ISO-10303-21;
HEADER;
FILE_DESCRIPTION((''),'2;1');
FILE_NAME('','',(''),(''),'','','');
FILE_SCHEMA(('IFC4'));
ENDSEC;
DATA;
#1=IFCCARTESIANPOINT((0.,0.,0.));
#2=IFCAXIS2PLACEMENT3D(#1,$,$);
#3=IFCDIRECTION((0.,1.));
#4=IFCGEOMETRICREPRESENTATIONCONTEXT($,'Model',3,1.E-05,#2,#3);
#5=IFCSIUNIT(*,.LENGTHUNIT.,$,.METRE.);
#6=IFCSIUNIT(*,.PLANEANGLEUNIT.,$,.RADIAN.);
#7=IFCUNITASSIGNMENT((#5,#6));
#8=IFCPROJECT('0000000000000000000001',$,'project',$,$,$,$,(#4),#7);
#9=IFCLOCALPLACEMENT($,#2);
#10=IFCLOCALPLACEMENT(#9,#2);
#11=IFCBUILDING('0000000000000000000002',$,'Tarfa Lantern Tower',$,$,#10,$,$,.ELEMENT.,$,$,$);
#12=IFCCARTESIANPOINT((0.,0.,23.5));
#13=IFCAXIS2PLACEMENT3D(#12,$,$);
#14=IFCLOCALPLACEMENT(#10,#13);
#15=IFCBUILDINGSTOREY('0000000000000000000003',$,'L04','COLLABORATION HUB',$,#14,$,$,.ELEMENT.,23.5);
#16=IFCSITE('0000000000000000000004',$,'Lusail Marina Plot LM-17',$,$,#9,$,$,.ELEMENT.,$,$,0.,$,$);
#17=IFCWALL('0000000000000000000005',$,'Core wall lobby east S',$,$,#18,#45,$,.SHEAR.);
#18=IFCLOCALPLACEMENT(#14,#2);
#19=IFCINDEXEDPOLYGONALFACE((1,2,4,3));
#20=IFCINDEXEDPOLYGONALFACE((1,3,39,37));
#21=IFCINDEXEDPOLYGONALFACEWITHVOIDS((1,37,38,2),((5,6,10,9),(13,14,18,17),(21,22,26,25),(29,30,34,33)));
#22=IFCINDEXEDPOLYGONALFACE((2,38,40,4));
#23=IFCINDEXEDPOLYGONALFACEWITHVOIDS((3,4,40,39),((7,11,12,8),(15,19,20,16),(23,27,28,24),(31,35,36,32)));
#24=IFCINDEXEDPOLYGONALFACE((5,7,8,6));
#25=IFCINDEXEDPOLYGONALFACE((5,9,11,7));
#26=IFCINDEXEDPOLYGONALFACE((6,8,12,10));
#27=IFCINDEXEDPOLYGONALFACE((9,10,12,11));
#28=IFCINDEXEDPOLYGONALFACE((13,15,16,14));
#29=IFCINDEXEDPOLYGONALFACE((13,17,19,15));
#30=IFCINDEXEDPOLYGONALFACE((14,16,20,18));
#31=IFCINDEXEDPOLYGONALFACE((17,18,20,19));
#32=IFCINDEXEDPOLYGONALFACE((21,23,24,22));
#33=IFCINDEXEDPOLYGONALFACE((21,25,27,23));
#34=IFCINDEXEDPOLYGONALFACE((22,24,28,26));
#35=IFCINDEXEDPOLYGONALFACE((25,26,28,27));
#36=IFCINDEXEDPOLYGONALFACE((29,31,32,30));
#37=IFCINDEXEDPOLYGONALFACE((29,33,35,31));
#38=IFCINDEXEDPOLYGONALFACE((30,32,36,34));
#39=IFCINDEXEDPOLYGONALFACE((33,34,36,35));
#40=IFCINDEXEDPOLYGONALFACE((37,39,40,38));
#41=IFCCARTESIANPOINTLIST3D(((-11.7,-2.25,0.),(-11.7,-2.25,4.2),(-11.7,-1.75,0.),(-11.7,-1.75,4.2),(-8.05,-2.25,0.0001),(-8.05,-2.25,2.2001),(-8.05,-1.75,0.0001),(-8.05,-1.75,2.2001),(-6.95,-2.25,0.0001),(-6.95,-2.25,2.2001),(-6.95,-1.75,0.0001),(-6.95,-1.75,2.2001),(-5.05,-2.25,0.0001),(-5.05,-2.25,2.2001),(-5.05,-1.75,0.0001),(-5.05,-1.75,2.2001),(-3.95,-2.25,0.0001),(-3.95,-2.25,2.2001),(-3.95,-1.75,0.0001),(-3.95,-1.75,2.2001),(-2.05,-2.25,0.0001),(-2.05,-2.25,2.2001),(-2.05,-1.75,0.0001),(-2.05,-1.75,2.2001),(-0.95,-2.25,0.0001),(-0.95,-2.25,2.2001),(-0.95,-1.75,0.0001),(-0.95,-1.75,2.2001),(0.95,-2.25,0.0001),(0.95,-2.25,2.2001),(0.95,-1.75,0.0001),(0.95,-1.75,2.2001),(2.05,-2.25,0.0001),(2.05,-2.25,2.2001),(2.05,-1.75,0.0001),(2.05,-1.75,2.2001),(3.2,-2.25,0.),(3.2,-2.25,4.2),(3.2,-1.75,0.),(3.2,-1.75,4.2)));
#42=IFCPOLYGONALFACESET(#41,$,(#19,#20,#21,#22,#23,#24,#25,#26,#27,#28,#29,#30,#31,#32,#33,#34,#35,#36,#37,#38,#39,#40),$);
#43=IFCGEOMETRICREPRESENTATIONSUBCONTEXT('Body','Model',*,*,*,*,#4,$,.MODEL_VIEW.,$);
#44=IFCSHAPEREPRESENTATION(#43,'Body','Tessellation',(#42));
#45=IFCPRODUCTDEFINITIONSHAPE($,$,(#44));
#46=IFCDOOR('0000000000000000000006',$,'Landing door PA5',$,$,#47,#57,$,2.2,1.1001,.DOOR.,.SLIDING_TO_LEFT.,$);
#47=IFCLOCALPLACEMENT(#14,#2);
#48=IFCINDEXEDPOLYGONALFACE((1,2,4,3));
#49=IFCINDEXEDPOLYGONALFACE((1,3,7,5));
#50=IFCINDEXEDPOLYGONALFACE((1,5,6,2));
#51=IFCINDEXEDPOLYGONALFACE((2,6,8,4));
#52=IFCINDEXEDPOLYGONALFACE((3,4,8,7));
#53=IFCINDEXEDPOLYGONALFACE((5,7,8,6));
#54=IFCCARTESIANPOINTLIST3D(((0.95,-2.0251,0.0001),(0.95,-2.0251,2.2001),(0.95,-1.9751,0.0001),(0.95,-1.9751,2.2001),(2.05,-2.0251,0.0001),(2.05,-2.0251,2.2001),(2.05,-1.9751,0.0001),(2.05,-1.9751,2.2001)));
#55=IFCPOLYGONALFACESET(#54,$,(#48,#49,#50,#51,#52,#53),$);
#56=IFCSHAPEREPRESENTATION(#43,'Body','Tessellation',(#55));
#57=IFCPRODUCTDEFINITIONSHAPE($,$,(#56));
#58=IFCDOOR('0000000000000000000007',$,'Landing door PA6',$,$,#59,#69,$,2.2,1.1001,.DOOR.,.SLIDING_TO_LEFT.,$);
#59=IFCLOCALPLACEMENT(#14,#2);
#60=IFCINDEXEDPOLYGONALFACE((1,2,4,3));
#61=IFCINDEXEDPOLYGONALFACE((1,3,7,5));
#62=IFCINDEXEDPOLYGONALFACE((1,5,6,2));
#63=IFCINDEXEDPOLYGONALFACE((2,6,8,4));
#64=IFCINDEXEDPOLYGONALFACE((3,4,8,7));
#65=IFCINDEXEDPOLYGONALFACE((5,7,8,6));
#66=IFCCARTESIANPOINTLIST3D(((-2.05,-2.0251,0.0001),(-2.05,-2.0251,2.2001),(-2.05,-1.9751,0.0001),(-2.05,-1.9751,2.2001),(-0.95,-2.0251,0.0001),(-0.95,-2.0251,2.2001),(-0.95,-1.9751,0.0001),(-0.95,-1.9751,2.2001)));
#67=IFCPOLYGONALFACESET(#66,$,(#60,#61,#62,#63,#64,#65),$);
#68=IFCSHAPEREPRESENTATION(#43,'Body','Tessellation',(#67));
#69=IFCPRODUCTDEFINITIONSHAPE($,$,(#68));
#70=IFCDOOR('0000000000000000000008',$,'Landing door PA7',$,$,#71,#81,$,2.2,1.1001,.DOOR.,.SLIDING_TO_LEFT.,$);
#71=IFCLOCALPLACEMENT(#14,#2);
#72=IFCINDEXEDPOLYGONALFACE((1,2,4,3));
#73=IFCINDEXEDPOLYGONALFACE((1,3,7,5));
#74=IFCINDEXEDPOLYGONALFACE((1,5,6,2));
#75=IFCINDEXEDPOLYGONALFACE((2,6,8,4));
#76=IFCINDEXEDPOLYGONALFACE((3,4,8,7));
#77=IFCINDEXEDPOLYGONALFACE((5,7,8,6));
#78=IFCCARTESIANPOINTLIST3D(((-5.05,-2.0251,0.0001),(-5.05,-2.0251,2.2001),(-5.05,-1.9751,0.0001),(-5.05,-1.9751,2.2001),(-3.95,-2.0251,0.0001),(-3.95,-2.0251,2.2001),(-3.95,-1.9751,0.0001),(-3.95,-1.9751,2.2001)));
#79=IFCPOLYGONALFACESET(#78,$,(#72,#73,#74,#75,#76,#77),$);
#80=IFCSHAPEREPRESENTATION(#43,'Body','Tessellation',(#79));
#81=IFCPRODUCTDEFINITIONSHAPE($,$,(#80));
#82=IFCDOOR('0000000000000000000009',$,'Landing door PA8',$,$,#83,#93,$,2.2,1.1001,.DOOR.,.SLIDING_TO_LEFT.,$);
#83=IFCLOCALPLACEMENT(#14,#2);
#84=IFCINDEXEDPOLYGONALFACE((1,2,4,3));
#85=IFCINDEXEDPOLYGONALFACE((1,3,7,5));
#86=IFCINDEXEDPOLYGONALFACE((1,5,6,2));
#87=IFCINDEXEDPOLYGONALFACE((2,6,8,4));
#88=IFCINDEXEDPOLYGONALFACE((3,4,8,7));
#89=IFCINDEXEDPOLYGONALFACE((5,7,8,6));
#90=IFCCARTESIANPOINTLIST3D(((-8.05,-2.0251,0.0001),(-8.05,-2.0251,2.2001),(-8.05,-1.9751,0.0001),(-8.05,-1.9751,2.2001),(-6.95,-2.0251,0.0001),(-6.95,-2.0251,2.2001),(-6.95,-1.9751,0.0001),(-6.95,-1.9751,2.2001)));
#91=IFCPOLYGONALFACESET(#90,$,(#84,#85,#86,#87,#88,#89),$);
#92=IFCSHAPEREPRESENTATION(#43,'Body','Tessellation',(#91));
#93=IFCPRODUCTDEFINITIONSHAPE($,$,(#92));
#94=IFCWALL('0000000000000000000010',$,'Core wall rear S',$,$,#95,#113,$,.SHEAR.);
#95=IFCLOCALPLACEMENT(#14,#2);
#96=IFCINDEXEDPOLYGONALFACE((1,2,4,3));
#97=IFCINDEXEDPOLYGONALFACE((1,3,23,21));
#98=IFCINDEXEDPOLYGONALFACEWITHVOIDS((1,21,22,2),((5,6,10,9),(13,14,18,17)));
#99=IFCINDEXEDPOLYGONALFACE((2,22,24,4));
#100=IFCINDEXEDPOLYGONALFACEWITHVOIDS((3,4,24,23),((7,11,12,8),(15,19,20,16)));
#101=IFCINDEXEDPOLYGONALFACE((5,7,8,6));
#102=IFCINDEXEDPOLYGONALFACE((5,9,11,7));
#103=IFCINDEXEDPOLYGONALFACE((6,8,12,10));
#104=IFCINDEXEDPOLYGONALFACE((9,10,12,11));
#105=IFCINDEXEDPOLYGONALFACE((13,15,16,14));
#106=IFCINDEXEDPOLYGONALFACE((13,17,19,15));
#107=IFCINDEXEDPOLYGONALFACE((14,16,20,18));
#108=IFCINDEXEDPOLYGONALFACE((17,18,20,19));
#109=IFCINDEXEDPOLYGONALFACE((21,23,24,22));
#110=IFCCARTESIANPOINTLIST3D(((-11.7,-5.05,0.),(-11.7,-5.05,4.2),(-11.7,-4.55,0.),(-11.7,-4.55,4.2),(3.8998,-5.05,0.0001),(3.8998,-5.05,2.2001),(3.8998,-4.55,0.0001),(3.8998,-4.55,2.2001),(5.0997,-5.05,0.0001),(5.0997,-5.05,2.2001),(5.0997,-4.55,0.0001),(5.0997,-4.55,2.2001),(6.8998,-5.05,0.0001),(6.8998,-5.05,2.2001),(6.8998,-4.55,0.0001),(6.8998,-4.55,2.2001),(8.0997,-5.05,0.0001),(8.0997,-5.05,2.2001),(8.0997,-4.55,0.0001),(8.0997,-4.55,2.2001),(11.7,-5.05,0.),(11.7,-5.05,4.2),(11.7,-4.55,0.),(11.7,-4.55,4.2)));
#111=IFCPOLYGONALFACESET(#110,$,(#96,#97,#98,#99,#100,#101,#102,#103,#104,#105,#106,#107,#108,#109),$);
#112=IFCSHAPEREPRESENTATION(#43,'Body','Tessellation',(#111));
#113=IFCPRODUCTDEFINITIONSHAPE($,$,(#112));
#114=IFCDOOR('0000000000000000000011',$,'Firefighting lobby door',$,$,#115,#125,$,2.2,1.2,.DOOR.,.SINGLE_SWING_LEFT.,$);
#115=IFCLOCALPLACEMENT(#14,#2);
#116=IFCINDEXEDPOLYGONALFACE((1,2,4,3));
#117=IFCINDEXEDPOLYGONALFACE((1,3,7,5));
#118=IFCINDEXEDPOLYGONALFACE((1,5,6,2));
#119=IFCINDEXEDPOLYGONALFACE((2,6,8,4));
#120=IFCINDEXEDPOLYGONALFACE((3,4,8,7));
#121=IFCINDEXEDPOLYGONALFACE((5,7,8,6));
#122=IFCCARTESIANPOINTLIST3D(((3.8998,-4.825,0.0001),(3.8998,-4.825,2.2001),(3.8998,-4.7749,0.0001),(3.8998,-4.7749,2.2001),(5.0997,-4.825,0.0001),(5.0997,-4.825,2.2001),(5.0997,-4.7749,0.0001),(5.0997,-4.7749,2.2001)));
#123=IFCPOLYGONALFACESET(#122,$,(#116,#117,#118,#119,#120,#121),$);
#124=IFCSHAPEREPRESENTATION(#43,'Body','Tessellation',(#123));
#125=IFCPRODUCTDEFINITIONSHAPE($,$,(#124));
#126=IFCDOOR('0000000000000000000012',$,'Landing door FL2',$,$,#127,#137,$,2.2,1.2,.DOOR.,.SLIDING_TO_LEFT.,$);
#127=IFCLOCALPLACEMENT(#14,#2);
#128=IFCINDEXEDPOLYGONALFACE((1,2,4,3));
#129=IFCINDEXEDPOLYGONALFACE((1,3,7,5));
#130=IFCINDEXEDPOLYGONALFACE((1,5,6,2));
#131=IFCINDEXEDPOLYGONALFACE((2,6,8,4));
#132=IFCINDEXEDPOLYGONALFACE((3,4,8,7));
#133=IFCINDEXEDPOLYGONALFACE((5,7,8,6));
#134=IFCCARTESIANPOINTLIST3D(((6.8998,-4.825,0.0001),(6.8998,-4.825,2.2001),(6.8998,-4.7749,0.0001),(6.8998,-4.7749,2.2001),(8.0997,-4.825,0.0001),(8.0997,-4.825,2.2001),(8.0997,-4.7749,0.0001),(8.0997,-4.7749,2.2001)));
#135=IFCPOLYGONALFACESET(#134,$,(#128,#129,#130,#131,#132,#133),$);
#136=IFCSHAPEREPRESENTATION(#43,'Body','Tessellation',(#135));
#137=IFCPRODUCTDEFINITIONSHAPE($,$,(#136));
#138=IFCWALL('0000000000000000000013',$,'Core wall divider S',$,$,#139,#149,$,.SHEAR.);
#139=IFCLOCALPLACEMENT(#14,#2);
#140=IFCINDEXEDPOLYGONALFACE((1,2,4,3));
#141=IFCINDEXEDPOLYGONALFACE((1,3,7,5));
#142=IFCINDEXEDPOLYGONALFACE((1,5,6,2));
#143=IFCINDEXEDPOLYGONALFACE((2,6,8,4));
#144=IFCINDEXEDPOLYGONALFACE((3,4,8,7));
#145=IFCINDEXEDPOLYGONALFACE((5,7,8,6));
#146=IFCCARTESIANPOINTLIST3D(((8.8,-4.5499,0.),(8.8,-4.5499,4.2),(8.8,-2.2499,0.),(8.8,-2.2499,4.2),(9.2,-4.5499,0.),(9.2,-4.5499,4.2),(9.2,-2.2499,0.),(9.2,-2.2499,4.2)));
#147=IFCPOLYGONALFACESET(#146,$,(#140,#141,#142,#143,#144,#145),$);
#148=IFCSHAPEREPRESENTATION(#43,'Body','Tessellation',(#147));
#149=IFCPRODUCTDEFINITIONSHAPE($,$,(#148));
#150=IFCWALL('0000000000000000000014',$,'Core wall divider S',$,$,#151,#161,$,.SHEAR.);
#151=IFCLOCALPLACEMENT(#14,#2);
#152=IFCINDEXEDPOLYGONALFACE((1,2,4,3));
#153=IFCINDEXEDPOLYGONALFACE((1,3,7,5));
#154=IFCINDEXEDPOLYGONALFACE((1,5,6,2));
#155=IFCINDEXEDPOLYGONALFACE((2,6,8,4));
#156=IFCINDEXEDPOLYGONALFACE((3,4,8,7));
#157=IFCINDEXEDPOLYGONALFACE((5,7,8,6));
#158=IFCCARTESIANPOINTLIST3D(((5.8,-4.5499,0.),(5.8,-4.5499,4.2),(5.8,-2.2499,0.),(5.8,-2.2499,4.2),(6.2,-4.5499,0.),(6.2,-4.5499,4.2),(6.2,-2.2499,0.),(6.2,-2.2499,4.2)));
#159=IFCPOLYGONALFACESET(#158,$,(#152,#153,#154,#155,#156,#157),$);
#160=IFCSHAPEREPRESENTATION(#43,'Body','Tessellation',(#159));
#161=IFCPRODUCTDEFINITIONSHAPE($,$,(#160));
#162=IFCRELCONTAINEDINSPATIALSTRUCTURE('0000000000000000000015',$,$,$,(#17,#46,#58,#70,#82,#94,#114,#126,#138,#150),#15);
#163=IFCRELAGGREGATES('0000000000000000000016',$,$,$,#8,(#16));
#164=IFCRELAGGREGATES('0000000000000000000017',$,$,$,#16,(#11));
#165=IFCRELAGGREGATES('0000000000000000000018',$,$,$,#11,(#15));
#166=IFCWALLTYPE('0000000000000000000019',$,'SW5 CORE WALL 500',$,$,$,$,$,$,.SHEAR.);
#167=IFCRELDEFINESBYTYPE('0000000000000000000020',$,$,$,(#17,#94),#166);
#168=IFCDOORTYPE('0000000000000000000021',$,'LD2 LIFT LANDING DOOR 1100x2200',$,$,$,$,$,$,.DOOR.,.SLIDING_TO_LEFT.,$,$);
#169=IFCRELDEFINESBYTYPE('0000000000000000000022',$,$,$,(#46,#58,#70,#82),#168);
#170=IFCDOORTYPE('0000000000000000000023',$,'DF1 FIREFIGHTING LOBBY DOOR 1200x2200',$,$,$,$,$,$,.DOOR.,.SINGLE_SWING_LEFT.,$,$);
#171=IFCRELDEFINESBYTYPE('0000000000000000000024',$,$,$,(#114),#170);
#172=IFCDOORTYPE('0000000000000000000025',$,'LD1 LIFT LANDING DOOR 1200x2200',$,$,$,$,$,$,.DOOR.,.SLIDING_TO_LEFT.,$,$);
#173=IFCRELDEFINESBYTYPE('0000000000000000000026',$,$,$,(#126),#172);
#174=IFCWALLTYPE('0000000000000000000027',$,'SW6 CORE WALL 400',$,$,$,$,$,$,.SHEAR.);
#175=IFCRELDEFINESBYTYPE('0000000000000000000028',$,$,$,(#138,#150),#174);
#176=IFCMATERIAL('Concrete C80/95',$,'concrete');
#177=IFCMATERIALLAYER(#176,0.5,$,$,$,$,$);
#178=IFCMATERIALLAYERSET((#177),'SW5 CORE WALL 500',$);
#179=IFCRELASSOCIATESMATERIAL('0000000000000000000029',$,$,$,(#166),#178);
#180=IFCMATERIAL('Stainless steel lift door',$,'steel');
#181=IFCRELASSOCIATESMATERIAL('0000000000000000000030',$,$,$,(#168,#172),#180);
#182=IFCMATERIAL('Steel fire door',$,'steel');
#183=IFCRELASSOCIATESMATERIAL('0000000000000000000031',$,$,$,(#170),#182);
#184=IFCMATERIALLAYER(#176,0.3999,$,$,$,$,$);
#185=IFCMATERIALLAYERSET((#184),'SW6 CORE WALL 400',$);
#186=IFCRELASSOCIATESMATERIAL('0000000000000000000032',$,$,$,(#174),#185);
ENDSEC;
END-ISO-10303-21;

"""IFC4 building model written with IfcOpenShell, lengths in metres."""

from ifc_helpers import new_model, si_unit, direction, frame, frame_2d, origin, place, context, subcontext, project, spatial, rectangle, extrude, material, layer, layer_set, type_object, element, fill, save


model = new_model("IFC4")

# Units and contexts
model_context = context("Model", 3, precision=1e-05, world=origin(), true_north=direction((0.0, 1.0)))
body_context = subcontext(model_context, "Body", "Model", "MODEL_VIEW")
ifc_project = project(units=[si_unit("LENGTHUNIT", "METRE"), si_unit("PLANEANGLEUNIT", "RADIAN")], contexts=[model_context])

# Site, building, storey
site_placement = place(None, origin())
site = spatial("IfcSite", under=ifc_project, at=site_placement, Name="Lusail Marina Plot LM-17", CompositionType="ELEMENT", RefElevation=0.0)
building_placement = place(site_placement, origin())
building = spatial("IfcBuilding", under=site, at=building_placement, Name="Tarfa Lantern Tower", CompositionType="ELEMENT")
storey_placement = place(building_placement, frame((0.0, 0.0, 23.5)))
storey = spatial("IfcBuildingStorey", under=building, at=storey_placement, Name="L04", Description="COLLABORATION HUB", CompositionType="ELEMENT", Elevation=23.5)

# Shared definitions
ifc_material_1 = material(Name="Concrete C80/95", Category="concrete")

# Shared definitions
ifc_material_2 = material(Name="Steel fire door", Category="steel")

# Walls, openings, doors
ifc_layer_1 = layer(ifc_material_1, 0.5)
ifc_layer_set_1 = layer_set([ifc_layer_1], Name="SW5 CORE WALL 500")
wall_type_1 = type_object("IfcWallType", Name="SW5 CORE WALL 500", PredefinedType="SHEAR", material=ifc_layer_set_1)
wall_1_placement = place(storey_placement, frame((3.2, -2.0, 0.0), z_axis=(0.0, 0.0, 1.0), x_axis=(-1.0, 0.0, 0.0)))
wall_1 = element("IfcWall", 1, at=wall_1_placement, inside=storey, type_object=wall_type_1, Name="Core wall lobby east S", PredefinedType="SHEAR", context=body_context, shape_type="SweptSolid", body=[
    extrude(rectangle(XDim=14.8999, YDim=0.5, at=frame_2d((7.45, 0.0))), origin(), (0.0, 0.0, 1.0), 4.2),
])
opening_1_placement = place(wall_1_placement, frame((1.1499, 0.0, 0.0)))
opening_1 = element("IfcOpeningElement", 2, at=opening_1_placement, cuts=wall_1, PredefinedType="OPENING", context=body_context, shape_type="SweptSolid", body=[
    extrude(rectangle(XDim=1.1001, YDim=2.2, at=frame_2d((0.55, 1.1001))), frame((0.0, 0.26, 0.0), z_axis=(0.0, -1.0, 0.0), x_axis=(1.0, 0.0, 0.0)), (0.0, 0.0, 1.0), 0.52),
])
opening_2_placement = place(wall_1_placement, frame((4.1499, 0.0, 0.0)))
opening_2 = element("IfcOpeningElement", 3, at=opening_2_placement, cuts=wall_1, PredefinedType="OPENING", context=body_context, shape_type="SweptSolid", body=[
    extrude(rectangle(XDim=1.1001, YDim=2.2, at=frame_2d((0.55, 1.1001))), frame((0.0, 0.26, 0.0), z_axis=(0.0, -1.0, 0.0), x_axis=(1.0, 0.0, 0.0)), (0.0, 0.0, 1.0), 0.52),
])
opening_3_placement = place(wall_1_placement, frame((7.1499, 0.0, 0.0)))
opening_3 = element("IfcOpeningElement", 4, at=opening_3_placement, cuts=wall_1, PredefinedType="OPENING", context=body_context, shape_type="SweptSolid", body=[
    extrude(rectangle(XDim=1.1001, YDim=2.2, at=frame_2d((0.55, 1.1001))), frame((0.0, 0.26, 0.0), z_axis=(0.0, -1.0, 0.0), x_axis=(1.0, 0.0, 0.0)), (0.0, 0.0, 1.0), 0.52),
])
opening_4_placement = place(wall_1_placement, frame((10.1499, 0.0, 0.0)))
opening_4 = element("IfcOpeningElement", 5, at=opening_4_placement, cuts=wall_1, PredefinedType="OPENING", context=body_context, shape_type="SweptSolid", body=[
    extrude(rectangle(XDim=1.1001, YDim=2.2, at=frame_2d((0.55, 1.1001))), frame((0.0, 0.26, 0.0), z_axis=(0.0, -1.0, 0.0), x_axis=(1.0, 0.0, 0.0)), (0.0, 0.0, 1.0), 0.52),
])
ifc_material_3 = material(Name="Stainless steel lift door", Category="steel")
door_type_1 = type_object("IfcDoorType", Name="LD2 LIFT LANDING DOOR 1100x2200", OperationType="SLIDING_TO_LEFT", PredefinedType="DOOR", material=ifc_material_3)
door_1_placement = place(opening_1_placement, frame((1.1001, 0.0, 0.0), z_axis=(0.0, 0.0, 1.0), x_axis=(-1.0, 0.0, 0.0)))
door_1 = element("IfcDoor", 6, at=door_1_placement, inside=storey, type_object=door_type_1, Name="Landing door PA5", OperationType="SLIDING_TO_LEFT", OverallHeight=2.2, OverallWidth=1.1001, PredefinedType="DOOR", context=body_context, shape_type="SweptSolid", body=[
    extrude(rectangle(XDim=1.1001, YDim=2.2, at=frame_2d((0.55, 1.1001))), frame((0.0, 0.0249, 0.0), z_axis=(0.0, -1.0, 0.0), x_axis=(1.0, 0.0, 0.0)), (0.0, 0.0, 1.0), 0.05),
])
fill(opening_1, door_1)
door_2_placement = place(opening_2_placement, frame((1.1001, 0.0, 0.0), z_axis=(0.0, 0.0, 1.0), x_axis=(-1.0, 0.0, 0.0)))
door_2 = element("IfcDoor", 7, at=door_2_placement, inside=storey, type_object=door_type_1, Name="Landing door PA6", OperationType="SLIDING_TO_LEFT", OverallHeight=2.2, OverallWidth=1.1001, PredefinedType="DOOR", context=body_context, shape_type="SweptSolid", body=[
    extrude(rectangle(XDim=1.1001, YDim=2.2, at=frame_2d((0.55, 1.1001))), frame((0.0, 0.0249, 0.0), z_axis=(0.0, -1.0, 0.0), x_axis=(1.0, 0.0, 0.0)), (0.0, 0.0, 1.0), 0.05),
])
fill(opening_2, door_2)
door_3_placement = place(opening_3_placement, frame((1.1001, 0.0, 0.0), z_axis=(0.0, 0.0, 1.0), x_axis=(-1.0, 0.0, 0.0)))
door_3 = element("IfcDoor", 8, at=door_3_placement, inside=storey, type_object=door_type_1, Name="Landing door PA7", OperationType="SLIDING_TO_LEFT", OverallHeight=2.2, OverallWidth=1.1001, PredefinedType="DOOR", context=body_context, shape_type="SweptSolid", body=[
    extrude(rectangle(XDim=1.1001, YDim=2.2, at=frame_2d((0.55, 1.1001))), frame((0.0, 0.0249, 0.0), z_axis=(0.0, -1.0, 0.0), x_axis=(1.0, 0.0, 0.0)), (0.0, 0.0, 1.0), 0.05),
])
fill(opening_3, door_3)
door_4_placement = place(opening_4_placement, frame((1.1001, 0.0, 0.0), z_axis=(0.0, 0.0, 1.0), x_axis=(-1.0, 0.0, 0.0)))
door_4 = element("IfcDoor", 9, at=door_4_placement, inside=storey, type_object=door_type_1, Name="Landing door PA8", OperationType="SLIDING_TO_LEFT", OverallHeight=2.2, OverallWidth=1.1001, PredefinedType="DOOR", context=body_context, shape_type="SweptSolid", body=[
    extrude(rectangle(XDim=1.1001, YDim=2.2, at=frame_2d((0.55, 1.1001))), frame((0.0, 0.0249, 0.0), z_axis=(0.0, -1.0, 0.0), x_axis=(1.0, 0.0, 0.0)), (0.0, 0.0, 1.0), 0.05),
])
fill(opening_4, door_4)
wall_2_placement = place(storey_placement, frame((11.7, -4.8, 0.0), z_axis=(0.0, 0.0, 1.0), x_axis=(-1.0, 0.0, 0.0)))
wall_2 = element("IfcWall", 10, at=wall_2_placement, inside=storey, type_object=wall_type_1, Name="Core wall rear S", PredefinedType="SHEAR", context=body_context, shape_type="SweptSolid", body=[
    extrude(rectangle(XDim=23.3999, YDim=0.5, at=frame_2d((11.7, 0.0))), origin(), (0.0, 0.0, 1.0), 4.2),
])
opening_5_placement = place(wall_2_placement, frame((6.6001, 0.0, 0.0)))
opening_5 = element("IfcOpeningElement", 11, at=opening_5_placement, cuts=wall_2, PredefinedType="OPENING", context=body_context, shape_type="SweptSolid", body=[
    extrude(rectangle(XDim=1.2, YDim=2.2, at=frame_2d((0.6001, 1.1001))), frame((0.0, 0.26, 0.0), z_axis=(0.0, -1.0, 0.0), x_axis=(1.0, 0.0, 0.0)), (0.0, 0.0, 1.0), 0.52),
])
opening_6_placement = place(wall_2_placement, frame((3.6001, 0.0, 0.0)))
opening_6 = element("IfcOpeningElement", 12, at=opening_6_placement, cuts=wall_2, PredefinedType="OPENING", context=body_context, shape_type="SweptSolid", body=[
    extrude(rectangle(XDim=1.2, YDim=2.2, at=frame_2d((0.6001, 1.1001))), frame((0.0, 0.26, 0.0), z_axis=(0.0, -1.0, 0.0), x_axis=(1.0, 0.0, 0.0)), (0.0, 0.0, 1.0), 0.52),
])
door_type_2 = type_object("IfcDoorType", Name="DF1 FIREFIGHTING LOBBY DOOR 1200x2200", OperationType="SINGLE_SWING_LEFT", PredefinedType="DOOR", material=ifc_material_2)
door_5_placement = place(opening_5_placement, origin())
door_5 = element("IfcDoor", 13, at=door_5_placement, inside=storey, type_object=door_type_2, Name="Firefighting lobby door", OperationType="SINGLE_SWING_LEFT", OverallHeight=2.2, OverallWidth=1.2, PredefinedType="DOOR", context=body_context, shape_type="SweptSolid", body=[
    extrude(rectangle(XDim=1.2, YDim=2.2, at=frame_2d((0.6001, 1.1001))), frame((0.0, 0.0249, 0.0), z_axis=(0.0, -1.0, 0.0), x_axis=(1.0, 0.0, 0.0)), (0.0, 0.0, 1.0), 0.05),
])
fill(opening_5, door_5)
door_type_3 = type_object("IfcDoorType", Name="LD1 LIFT LANDING DOOR 1200x2200", OperationType="SLIDING_TO_LEFT", PredefinedType="DOOR", material=ifc_material_3)
door_6_placement = place(opening_6_placement, origin())
door_6 = element("IfcDoor", 14, at=door_6_placement, inside=storey, type_object=door_type_3, Name="Landing door FL2", OperationType="SLIDING_TO_LEFT", OverallHeight=2.2, OverallWidth=1.2, PredefinedType="DOOR", context=body_context, shape_type="SweptSolid", body=[
    extrude(rectangle(XDim=1.2, YDim=2.2, at=frame_2d((0.6001, 1.1001))), frame((0.0, 0.0249, 0.0), z_axis=(0.0, -1.0, 0.0), x_axis=(1.0, 0.0, 0.0)), (0.0, 0.0, 1.0), 0.05),
])
fill(opening_6, door_6)

# Walls
ifc_layer_2 = layer(ifc_material_1, 0.3999)
ifc_layer_set_2 = layer_set([ifc_layer_2], Name="SW6 CORE WALL 400")
wall_type_2 = type_object("IfcWallType", Name="SW6 CORE WALL 400", PredefinedType="SHEAR", material=ifc_layer_set_2)
for number, where, z_axis, x_axis, name in (
    (15, (9.0, -2.25, 0.0), (0.0, 0.0, 1.0), (0.0, -1.0, 0.0), "Core wall divider S"),
    (16, (6.0, -2.25, 0.0), (0.0, 0.0, 1.0), (0.0, -1.0, 0.0), "Core wall divider S"),
):
    element("IfcWall", number, at=place(storey_placement, frame(where, z_axis=z_axis, x_axis=x_axis)), inside=storey, type_object=wall_type_2, Name=name, PredefinedType="SHEAR", context=body_context, shape_type="SweptSolid", body=[
        extrude(rectangle(XDim=2.3, YDim=0.3999, at=frame_2d((1.1499, 0.0))), origin(), (0.0, 0.0, 1.0), 4.2),
    ])

save(model, "model.ifc")
